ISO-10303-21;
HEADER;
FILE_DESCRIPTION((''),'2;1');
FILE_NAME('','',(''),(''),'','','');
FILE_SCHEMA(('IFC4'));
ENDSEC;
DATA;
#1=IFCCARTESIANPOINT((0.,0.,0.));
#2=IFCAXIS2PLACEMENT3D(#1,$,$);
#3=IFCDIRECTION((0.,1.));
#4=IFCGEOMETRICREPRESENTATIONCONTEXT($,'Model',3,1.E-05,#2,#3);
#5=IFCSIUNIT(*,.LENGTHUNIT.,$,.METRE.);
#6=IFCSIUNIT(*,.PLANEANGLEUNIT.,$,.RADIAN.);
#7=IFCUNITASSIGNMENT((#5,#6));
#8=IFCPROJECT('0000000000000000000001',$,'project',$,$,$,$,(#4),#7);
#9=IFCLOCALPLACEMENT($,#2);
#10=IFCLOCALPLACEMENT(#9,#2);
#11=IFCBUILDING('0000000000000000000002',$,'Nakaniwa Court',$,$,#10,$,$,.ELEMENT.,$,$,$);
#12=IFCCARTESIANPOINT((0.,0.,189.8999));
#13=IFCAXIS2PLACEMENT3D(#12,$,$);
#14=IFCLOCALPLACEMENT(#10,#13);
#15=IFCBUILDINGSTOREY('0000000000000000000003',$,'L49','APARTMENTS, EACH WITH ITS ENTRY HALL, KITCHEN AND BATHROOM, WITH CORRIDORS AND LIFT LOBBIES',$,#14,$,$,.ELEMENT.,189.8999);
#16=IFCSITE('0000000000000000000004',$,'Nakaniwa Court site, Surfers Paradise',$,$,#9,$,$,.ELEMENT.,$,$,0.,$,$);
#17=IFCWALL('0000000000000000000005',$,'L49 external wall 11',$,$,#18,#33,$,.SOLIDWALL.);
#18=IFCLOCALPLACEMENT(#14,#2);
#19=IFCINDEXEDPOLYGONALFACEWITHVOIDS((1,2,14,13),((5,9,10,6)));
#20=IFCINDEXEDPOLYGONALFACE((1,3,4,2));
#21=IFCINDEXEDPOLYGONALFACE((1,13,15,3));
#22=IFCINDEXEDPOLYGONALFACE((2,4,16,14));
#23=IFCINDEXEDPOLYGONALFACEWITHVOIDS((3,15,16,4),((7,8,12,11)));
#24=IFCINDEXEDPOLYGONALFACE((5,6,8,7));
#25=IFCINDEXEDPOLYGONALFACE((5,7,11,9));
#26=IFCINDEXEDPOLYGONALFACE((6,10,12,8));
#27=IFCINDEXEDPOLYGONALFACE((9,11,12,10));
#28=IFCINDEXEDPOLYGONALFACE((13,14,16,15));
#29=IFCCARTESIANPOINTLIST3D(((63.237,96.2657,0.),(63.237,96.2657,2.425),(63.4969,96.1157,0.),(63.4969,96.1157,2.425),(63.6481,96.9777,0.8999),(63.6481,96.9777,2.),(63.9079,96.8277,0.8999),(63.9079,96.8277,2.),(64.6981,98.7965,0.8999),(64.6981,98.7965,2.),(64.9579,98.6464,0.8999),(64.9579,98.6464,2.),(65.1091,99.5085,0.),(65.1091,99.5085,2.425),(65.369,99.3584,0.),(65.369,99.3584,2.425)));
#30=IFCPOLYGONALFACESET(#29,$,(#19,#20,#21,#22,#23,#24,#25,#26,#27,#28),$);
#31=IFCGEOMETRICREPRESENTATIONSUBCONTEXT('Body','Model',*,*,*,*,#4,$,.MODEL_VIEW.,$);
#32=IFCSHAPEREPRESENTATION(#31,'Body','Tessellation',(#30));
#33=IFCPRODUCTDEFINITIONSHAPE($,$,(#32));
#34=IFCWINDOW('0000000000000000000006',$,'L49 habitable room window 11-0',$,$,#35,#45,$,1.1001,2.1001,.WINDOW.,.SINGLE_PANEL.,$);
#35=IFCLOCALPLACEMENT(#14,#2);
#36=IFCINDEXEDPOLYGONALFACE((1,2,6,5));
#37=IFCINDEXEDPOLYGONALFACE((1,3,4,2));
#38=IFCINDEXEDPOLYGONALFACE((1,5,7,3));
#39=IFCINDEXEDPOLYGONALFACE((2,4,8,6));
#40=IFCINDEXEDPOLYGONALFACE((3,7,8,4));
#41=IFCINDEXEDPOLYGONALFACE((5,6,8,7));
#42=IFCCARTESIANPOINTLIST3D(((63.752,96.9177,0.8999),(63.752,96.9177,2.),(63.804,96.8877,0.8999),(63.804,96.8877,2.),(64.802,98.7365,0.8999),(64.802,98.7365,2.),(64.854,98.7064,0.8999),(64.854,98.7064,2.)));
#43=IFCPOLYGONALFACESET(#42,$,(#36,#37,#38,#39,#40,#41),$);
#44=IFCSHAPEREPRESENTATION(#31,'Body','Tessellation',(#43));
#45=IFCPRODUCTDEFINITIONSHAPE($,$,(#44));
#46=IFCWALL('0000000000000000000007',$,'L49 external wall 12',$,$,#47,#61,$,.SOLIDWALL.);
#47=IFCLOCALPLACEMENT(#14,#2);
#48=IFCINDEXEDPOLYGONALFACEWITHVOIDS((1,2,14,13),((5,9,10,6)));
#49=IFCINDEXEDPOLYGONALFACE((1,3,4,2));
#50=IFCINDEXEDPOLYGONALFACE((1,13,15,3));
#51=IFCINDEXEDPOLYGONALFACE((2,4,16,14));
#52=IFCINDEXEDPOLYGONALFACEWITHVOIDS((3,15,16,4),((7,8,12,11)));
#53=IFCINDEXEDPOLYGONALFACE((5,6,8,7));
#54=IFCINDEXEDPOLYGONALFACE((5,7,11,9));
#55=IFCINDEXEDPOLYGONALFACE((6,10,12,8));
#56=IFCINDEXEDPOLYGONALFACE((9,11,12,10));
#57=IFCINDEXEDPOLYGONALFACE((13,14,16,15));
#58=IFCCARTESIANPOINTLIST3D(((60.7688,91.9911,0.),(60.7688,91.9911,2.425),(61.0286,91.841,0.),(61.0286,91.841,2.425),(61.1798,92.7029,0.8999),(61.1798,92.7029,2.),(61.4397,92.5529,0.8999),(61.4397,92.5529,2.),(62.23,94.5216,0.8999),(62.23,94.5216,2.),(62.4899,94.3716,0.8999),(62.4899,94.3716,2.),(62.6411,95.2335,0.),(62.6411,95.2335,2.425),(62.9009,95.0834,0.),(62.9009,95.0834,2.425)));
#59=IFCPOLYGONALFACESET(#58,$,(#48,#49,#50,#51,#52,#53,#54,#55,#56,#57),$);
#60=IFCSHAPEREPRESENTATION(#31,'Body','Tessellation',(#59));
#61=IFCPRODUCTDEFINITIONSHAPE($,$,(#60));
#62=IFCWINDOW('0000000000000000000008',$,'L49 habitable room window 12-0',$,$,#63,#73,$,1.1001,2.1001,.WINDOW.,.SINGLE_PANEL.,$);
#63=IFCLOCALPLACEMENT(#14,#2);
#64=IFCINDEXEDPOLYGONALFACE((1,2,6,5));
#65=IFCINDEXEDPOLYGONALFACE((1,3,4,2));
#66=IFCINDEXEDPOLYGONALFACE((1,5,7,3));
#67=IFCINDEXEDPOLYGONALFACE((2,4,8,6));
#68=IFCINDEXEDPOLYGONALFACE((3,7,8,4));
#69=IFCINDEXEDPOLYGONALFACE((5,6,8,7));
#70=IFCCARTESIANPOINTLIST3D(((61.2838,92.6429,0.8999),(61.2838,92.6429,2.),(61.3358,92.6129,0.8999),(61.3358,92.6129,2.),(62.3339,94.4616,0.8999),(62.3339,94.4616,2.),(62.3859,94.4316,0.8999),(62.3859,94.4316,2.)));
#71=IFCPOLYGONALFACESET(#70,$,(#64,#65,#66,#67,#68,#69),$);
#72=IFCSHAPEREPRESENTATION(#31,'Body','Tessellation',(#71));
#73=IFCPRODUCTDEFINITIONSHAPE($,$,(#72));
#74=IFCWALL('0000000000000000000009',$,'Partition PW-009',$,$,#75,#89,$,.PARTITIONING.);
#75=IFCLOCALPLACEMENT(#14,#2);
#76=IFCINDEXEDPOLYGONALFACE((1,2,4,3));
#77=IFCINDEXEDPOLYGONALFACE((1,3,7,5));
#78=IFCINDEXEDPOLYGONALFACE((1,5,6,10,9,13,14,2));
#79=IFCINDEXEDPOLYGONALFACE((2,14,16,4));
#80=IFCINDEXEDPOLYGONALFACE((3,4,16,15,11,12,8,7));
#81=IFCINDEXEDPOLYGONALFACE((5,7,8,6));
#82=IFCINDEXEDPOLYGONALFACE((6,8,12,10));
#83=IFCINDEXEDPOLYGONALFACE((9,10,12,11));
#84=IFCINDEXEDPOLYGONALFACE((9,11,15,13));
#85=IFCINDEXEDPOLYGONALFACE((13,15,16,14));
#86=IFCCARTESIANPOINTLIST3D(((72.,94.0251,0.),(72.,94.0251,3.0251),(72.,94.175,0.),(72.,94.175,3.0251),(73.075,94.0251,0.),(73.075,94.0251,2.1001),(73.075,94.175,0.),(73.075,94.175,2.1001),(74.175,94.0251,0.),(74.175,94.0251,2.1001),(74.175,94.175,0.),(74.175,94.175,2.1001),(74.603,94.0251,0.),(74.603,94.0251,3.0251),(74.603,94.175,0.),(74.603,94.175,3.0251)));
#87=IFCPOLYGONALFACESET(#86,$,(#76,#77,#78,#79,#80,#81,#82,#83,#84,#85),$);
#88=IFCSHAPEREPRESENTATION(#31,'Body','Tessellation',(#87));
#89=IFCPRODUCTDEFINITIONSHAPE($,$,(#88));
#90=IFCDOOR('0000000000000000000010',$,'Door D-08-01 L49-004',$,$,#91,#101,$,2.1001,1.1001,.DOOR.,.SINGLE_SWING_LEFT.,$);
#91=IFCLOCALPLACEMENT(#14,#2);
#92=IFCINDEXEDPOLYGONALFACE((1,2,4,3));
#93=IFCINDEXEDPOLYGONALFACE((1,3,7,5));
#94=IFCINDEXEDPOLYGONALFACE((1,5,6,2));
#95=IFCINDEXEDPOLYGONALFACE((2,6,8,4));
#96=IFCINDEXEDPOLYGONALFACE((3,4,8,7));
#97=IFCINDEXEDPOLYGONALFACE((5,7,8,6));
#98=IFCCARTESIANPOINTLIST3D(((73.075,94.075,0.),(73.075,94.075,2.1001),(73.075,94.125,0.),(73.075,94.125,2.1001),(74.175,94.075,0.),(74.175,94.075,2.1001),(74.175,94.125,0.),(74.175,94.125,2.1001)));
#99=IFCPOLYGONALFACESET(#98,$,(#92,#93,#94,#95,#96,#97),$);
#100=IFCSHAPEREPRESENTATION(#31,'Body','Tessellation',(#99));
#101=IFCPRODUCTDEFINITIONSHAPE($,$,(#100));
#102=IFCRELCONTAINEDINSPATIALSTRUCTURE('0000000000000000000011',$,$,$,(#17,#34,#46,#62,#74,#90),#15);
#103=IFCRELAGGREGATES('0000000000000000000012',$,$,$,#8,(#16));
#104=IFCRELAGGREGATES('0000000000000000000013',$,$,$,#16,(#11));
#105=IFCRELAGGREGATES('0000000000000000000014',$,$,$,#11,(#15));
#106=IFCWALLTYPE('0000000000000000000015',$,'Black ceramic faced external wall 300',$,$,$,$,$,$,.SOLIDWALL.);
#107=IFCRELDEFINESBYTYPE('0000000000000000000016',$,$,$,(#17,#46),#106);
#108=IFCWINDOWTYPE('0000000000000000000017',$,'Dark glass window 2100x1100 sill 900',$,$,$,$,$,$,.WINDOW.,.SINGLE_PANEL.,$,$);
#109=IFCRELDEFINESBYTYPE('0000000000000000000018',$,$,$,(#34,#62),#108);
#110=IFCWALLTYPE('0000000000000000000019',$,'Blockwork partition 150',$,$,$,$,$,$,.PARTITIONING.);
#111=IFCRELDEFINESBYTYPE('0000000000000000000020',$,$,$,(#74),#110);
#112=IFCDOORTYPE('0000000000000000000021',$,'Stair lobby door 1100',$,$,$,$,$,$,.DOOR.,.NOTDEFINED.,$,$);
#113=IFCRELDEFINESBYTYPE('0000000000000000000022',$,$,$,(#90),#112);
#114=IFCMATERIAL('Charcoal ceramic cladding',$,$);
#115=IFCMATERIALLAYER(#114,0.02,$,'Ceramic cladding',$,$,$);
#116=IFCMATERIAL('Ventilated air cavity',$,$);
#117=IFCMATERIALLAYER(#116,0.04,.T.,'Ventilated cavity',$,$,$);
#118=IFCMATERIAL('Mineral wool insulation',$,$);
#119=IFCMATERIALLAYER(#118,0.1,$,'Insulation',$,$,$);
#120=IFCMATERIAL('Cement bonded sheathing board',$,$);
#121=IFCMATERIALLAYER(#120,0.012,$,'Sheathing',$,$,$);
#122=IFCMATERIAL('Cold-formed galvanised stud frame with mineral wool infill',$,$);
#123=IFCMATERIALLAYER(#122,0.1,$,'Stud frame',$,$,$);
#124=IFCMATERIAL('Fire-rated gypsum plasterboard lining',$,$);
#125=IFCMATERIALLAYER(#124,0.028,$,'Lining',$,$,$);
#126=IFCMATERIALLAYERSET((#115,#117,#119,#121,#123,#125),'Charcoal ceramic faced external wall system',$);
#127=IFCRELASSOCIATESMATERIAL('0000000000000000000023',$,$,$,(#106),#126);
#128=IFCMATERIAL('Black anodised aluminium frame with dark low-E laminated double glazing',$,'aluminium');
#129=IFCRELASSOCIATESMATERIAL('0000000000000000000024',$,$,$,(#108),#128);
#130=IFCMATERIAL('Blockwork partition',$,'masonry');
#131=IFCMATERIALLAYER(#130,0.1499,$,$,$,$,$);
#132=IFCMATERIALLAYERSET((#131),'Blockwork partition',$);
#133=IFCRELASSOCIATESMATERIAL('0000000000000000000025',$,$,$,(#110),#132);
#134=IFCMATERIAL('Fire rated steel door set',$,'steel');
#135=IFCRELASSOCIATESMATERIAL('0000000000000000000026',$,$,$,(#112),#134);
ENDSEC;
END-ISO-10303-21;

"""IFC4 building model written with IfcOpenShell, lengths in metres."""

from ifc_helpers import new_model, si_unit, direction, frame, frame_2d, origin, place, context, subcontext, project, spatial, rectangle, extrude, material, layer, layer_set, type_object, element, fill, save


model = new_model("IFC4")

# Units and contexts
model_context = context("Model", 3, precision=1e-05, world=origin(), true_north=direction((0.0, 1.0)))
body_context = subcontext(model_context, "Body", "Model", "MODEL_VIEW")
ifc_project = project(units=[si_unit("LENGTHUNIT", "METRE"), si_unit("PLANEANGLEUNIT", "RADIAN")], contexts=[model_context])

# Site, building, storey
site_placement = place(None, origin())
site = spatial("IfcSite", under=ifc_project, at=site_placement, Name="Nakaniwa Court site, Surfers Paradise", CompositionType="ELEMENT", RefElevation=0.0)
building_placement = place(site_placement, origin())
building = spatial("IfcBuilding", under=site, at=building_placement, Name="Nakaniwa Court", CompositionType="ELEMENT")
storey_placement = place(building_placement, frame((0.0, 0.0, 189.8999)))
storey = spatial("IfcBuildingStorey", under=building, at=storey_placement, Name="L49", Description="APARTMENTS, EACH WITH ITS ENTRY HALL, KITCHEN AND BATHROOM, WITH CORRIDORS AND LIFT LOBBIES", CompositionType="ELEMENT", Elevation=189.8999)

# Walls, openings, windows
ifc_material_1 = material(Name="Charcoal ceramic cladding")
ifc_layer_1 = layer(ifc_material_1, 0.02, Name="Ceramic cladding")
ifc_material_2 = material(Name="Ventilated air cavity")
ifc_layer_2 = layer(ifc_material_2, 0.04, ventilated=True, Name="Ventilated cavity")
ifc_material_3 = material(Name="Mineral wool insulation")
ifc_layer_3 = layer(ifc_material_3, 0.1, Name="Insulation")
ifc_material_4 = material(Name="Cement bonded sheathing board")
ifc_layer_4 = layer(ifc_material_4, 0.012, Name="Sheathing")
ifc_material_5 = material(Name="Cold-formed galvanised stud frame with mineral wool infill")
ifc_layer_5 = layer(ifc_material_5, 0.1, Name="Stud frame")
ifc_material_6 = material(Name="Fire-rated gypsum plasterboard lining")
ifc_layer_6 = layer(ifc_material_6, 0.028, Name="Lining")
ifc_layer_set_1 = layer_set([ifc_layer_1, ifc_layer_2, ifc_layer_3, ifc_layer_4, ifc_layer_5, ifc_layer_6], Name="Charcoal ceramic faced external wall system")
wall_type_1 = type_object("IfcWallType", Name="Black ceramic faced external wall 300", PredefinedType="SOLIDWALL", material=ifc_layer_set_1)
ifc_material_7 = material(Name="Black anodised aluminium frame with dark low-E laminated double glazing", Category="aluminium")
wall_1_placement = place(storey_placement, frame((65.239, 99.4333, 0.0), z_axis=(0.0, 0.0, 1.0), x_axis=(-0.499982, -0.866036, 0.0)))
wall_1 = element("IfcWall", 1, at=wall_1_placement, inside=storey, type_object=wall_type_1, Name="L49 external wall 11", PredefinedType="SOLIDWALL", context=body_context, shape_type="SweptSolid", body=[
    extrude(rectangle(XDim=3.7444, YDim=0.3, at=frame_2d((1.8721, 0.0))), origin(), (0.0, 0.0, 1.0), 2.425),
])
opening_1_placement = place(wall_1_placement, frame((0.822, 0.0, 0.8999)))
opening_1 = element("IfcOpeningElement", 2, at=opening_1_placement, cuts=wall_1, PredefinedType="OPENING", context=body_context, shape_type="SweptSolid", body=[
    extrude(rectangle(XDim=2.1001, YDim=1.1001, at=frame_2d((1.05, 0.55))), frame((0.0, 0.1599, 0.0), z_axis=(0.0, -1.0, 0.0), x_axis=(1.0, 0.0, 0.0)), (0.0, 0.0, 1.0), 0.3201),
])
window_type_1 = type_object("IfcWindowType", Name="Dark glass window 2100x1100 sill 900", PartitioningType="SINGLE_PANEL", PredefinedType="WINDOW", material=ifc_material_7)
window_1_placement = place(opening_1_placement, origin())
window_1 = element("IfcWindow", 3, at=window_1_placement, inside=storey, type_object=window_type_1, Name="L49 habitable room window 11-0", OverallHeight=1.1001, OverallWidth=2.1001, PartitioningType="SINGLE_PANEL", PredefinedType="WINDOW", context=body_context, shape_type="SweptSolid", body=[
    extrude(rectangle(XDim=2.1001, YDim=1.1001, at=frame_2d((1.05, 0.55))), frame((0.0, 0.03, 0.0), z_axis=(0.0, -1.0, 0.0), x_axis=(1.0, 0.0, 0.0)), (0.0, 0.0, 1.0), 0.0601),
])
fill(opening_1, window_1)
wall_2_placement = place(storey_placement, frame((62.771, 95.1584, 0.0), z_axis=(0.0, 0.0, 1.0), x_axis=(-0.500059, -0.865991, 0.0)))
wall_2 = element("IfcWall", 4, at=wall_2_placement, inside=storey, type_object=wall_type_1, Name="L49 external wall 12", PredefinedType="SOLIDWALL", context=body_context, shape_type="SweptSolid", body=[
    extrude(rectangle(XDim=3.7441, YDim=0.3, at=frame_2d((1.8721, 0.0))), origin(), (0.0, 0.0, 1.0), 2.425),
])
opening_2_placement = place(wall_2_placement, frame((0.822, 0.0, 0.8999)))
opening_2 = element("IfcOpeningElement", 5, at=opening_2_placement, cuts=wall_2, PredefinedType="OPENING", context=body_context, shape_type="SweptSolid", body=[
    extrude(rectangle(XDim=2.1001, YDim=1.1001, at=frame_2d((1.05, 0.55))), frame((0.0, 0.1599, 0.0), z_axis=(0.0, -1.0, 0.0), x_axis=(1.0, 0.0, 0.0)), (0.0, 0.0, 1.0), 0.3201),
])
window_2_placement = place(opening_2_placement, origin())
window_2 = element("IfcWindow", 6, at=window_2_placement, inside=storey, type_object=window_type_1, Name="L49 habitable room window 12-0", OverallHeight=1.1001, OverallWidth=2.1001, PartitioningType="SINGLE_PANEL", PredefinedType="WINDOW", context=body_context, shape_type="SweptSolid", body=[
    extrude(rectangle(XDim=2.1001, YDim=1.1001, at=frame_2d((1.05, 0.55))), frame((0.0, 0.03, 0.0), z_axis=(0.0, -1.0, 0.0), x_axis=(1.0, 0.0, 0.0)), (0.0, 0.0, 1.0), 0.0601),
])
fill(opening_2, window_2)

# Wall, opening, door
ifc_material_8 = material(Name="Blockwork partition", Category="masonry")
ifc_layer_7 = layer(ifc_material_8, 0.1499)
ifc_layer_set_2 = layer_set([ifc_layer_7], Name="Blockwork partition")
wall_type_2 = type_object("IfcWallType", Name="Blockwork partition 150", PredefinedType="PARTITIONING", material=ifc_layer_set_2)
wall_3_placement = place(storey_placement, frame((72.0, 94.1001, 0.0), z_axis=(0.0, 0.0, 1.0), x_axis=(1.0, 0.0, 0.0)))
wall_3 = element("IfcWall", 7, at=wall_3_placement, inside=storey, type_object=wall_type_2, Name="Partition PW-009", PredefinedType="PARTITIONING", context=body_context, shape_type="SweptSolid", body=[
    extrude(rectangle(XDim=2.603, YDim=0.1499, at=frame_2d((1.3015, 0.0))), origin(), (0.0, 0.0, 1.0), 3.0251),
])
opening_3_placement = place(wall_3_placement, frame((1.075, 0.0, 0.0)))
opening_3 = element("IfcOpeningElement", 8, at=opening_3_placement, cuts=wall_3, PredefinedType="OPENING", context=body_context, shape_type="SweptSolid", body=[
    extrude(rectangle(XDim=1.1001, YDim=2.1001, at=frame_2d((0.55, 1.05))), frame((0.0, 0.085, 0.0), z_axis=(0.0, -1.0, 0.0), x_axis=(1.0, 0.0, 0.0)), (0.0, 0.0, 1.0), 0.1699),
])
ifc_material_9 = material(Name="Fire rated steel door set", Category="steel")
door_type_1 = type_object("IfcDoorType", Name="Stair lobby door 1100", OperationType="NOTDEFINED", PredefinedType="DOOR", material=ifc_material_9)
door_1_placement = place(opening_3_placement, origin())
door_1 = element("IfcDoor", 9, at=door_1_placement, inside=storey, type_object=door_type_1, Name="Door D-08-01 L49-004", OperationType="SINGLE_SWING_LEFT", OverallHeight=2.1001, OverallWidth=1.1001, PredefinedType="DOOR", context=body_context, shape_type="SweptSolid", body=[
    extrude(rectangle(XDim=1.1001, YDim=2.1001, at=frame_2d((0.55, 1.05))), frame((0.0, 0.0249, 0.0), z_axis=(0.0, -1.0, 0.0), x_axis=(1.0, 0.0, 0.0)), (0.0, 0.0, 1.0), 0.05),
])
fill(opening_3, door_1)

save(model, "model.ifc")
